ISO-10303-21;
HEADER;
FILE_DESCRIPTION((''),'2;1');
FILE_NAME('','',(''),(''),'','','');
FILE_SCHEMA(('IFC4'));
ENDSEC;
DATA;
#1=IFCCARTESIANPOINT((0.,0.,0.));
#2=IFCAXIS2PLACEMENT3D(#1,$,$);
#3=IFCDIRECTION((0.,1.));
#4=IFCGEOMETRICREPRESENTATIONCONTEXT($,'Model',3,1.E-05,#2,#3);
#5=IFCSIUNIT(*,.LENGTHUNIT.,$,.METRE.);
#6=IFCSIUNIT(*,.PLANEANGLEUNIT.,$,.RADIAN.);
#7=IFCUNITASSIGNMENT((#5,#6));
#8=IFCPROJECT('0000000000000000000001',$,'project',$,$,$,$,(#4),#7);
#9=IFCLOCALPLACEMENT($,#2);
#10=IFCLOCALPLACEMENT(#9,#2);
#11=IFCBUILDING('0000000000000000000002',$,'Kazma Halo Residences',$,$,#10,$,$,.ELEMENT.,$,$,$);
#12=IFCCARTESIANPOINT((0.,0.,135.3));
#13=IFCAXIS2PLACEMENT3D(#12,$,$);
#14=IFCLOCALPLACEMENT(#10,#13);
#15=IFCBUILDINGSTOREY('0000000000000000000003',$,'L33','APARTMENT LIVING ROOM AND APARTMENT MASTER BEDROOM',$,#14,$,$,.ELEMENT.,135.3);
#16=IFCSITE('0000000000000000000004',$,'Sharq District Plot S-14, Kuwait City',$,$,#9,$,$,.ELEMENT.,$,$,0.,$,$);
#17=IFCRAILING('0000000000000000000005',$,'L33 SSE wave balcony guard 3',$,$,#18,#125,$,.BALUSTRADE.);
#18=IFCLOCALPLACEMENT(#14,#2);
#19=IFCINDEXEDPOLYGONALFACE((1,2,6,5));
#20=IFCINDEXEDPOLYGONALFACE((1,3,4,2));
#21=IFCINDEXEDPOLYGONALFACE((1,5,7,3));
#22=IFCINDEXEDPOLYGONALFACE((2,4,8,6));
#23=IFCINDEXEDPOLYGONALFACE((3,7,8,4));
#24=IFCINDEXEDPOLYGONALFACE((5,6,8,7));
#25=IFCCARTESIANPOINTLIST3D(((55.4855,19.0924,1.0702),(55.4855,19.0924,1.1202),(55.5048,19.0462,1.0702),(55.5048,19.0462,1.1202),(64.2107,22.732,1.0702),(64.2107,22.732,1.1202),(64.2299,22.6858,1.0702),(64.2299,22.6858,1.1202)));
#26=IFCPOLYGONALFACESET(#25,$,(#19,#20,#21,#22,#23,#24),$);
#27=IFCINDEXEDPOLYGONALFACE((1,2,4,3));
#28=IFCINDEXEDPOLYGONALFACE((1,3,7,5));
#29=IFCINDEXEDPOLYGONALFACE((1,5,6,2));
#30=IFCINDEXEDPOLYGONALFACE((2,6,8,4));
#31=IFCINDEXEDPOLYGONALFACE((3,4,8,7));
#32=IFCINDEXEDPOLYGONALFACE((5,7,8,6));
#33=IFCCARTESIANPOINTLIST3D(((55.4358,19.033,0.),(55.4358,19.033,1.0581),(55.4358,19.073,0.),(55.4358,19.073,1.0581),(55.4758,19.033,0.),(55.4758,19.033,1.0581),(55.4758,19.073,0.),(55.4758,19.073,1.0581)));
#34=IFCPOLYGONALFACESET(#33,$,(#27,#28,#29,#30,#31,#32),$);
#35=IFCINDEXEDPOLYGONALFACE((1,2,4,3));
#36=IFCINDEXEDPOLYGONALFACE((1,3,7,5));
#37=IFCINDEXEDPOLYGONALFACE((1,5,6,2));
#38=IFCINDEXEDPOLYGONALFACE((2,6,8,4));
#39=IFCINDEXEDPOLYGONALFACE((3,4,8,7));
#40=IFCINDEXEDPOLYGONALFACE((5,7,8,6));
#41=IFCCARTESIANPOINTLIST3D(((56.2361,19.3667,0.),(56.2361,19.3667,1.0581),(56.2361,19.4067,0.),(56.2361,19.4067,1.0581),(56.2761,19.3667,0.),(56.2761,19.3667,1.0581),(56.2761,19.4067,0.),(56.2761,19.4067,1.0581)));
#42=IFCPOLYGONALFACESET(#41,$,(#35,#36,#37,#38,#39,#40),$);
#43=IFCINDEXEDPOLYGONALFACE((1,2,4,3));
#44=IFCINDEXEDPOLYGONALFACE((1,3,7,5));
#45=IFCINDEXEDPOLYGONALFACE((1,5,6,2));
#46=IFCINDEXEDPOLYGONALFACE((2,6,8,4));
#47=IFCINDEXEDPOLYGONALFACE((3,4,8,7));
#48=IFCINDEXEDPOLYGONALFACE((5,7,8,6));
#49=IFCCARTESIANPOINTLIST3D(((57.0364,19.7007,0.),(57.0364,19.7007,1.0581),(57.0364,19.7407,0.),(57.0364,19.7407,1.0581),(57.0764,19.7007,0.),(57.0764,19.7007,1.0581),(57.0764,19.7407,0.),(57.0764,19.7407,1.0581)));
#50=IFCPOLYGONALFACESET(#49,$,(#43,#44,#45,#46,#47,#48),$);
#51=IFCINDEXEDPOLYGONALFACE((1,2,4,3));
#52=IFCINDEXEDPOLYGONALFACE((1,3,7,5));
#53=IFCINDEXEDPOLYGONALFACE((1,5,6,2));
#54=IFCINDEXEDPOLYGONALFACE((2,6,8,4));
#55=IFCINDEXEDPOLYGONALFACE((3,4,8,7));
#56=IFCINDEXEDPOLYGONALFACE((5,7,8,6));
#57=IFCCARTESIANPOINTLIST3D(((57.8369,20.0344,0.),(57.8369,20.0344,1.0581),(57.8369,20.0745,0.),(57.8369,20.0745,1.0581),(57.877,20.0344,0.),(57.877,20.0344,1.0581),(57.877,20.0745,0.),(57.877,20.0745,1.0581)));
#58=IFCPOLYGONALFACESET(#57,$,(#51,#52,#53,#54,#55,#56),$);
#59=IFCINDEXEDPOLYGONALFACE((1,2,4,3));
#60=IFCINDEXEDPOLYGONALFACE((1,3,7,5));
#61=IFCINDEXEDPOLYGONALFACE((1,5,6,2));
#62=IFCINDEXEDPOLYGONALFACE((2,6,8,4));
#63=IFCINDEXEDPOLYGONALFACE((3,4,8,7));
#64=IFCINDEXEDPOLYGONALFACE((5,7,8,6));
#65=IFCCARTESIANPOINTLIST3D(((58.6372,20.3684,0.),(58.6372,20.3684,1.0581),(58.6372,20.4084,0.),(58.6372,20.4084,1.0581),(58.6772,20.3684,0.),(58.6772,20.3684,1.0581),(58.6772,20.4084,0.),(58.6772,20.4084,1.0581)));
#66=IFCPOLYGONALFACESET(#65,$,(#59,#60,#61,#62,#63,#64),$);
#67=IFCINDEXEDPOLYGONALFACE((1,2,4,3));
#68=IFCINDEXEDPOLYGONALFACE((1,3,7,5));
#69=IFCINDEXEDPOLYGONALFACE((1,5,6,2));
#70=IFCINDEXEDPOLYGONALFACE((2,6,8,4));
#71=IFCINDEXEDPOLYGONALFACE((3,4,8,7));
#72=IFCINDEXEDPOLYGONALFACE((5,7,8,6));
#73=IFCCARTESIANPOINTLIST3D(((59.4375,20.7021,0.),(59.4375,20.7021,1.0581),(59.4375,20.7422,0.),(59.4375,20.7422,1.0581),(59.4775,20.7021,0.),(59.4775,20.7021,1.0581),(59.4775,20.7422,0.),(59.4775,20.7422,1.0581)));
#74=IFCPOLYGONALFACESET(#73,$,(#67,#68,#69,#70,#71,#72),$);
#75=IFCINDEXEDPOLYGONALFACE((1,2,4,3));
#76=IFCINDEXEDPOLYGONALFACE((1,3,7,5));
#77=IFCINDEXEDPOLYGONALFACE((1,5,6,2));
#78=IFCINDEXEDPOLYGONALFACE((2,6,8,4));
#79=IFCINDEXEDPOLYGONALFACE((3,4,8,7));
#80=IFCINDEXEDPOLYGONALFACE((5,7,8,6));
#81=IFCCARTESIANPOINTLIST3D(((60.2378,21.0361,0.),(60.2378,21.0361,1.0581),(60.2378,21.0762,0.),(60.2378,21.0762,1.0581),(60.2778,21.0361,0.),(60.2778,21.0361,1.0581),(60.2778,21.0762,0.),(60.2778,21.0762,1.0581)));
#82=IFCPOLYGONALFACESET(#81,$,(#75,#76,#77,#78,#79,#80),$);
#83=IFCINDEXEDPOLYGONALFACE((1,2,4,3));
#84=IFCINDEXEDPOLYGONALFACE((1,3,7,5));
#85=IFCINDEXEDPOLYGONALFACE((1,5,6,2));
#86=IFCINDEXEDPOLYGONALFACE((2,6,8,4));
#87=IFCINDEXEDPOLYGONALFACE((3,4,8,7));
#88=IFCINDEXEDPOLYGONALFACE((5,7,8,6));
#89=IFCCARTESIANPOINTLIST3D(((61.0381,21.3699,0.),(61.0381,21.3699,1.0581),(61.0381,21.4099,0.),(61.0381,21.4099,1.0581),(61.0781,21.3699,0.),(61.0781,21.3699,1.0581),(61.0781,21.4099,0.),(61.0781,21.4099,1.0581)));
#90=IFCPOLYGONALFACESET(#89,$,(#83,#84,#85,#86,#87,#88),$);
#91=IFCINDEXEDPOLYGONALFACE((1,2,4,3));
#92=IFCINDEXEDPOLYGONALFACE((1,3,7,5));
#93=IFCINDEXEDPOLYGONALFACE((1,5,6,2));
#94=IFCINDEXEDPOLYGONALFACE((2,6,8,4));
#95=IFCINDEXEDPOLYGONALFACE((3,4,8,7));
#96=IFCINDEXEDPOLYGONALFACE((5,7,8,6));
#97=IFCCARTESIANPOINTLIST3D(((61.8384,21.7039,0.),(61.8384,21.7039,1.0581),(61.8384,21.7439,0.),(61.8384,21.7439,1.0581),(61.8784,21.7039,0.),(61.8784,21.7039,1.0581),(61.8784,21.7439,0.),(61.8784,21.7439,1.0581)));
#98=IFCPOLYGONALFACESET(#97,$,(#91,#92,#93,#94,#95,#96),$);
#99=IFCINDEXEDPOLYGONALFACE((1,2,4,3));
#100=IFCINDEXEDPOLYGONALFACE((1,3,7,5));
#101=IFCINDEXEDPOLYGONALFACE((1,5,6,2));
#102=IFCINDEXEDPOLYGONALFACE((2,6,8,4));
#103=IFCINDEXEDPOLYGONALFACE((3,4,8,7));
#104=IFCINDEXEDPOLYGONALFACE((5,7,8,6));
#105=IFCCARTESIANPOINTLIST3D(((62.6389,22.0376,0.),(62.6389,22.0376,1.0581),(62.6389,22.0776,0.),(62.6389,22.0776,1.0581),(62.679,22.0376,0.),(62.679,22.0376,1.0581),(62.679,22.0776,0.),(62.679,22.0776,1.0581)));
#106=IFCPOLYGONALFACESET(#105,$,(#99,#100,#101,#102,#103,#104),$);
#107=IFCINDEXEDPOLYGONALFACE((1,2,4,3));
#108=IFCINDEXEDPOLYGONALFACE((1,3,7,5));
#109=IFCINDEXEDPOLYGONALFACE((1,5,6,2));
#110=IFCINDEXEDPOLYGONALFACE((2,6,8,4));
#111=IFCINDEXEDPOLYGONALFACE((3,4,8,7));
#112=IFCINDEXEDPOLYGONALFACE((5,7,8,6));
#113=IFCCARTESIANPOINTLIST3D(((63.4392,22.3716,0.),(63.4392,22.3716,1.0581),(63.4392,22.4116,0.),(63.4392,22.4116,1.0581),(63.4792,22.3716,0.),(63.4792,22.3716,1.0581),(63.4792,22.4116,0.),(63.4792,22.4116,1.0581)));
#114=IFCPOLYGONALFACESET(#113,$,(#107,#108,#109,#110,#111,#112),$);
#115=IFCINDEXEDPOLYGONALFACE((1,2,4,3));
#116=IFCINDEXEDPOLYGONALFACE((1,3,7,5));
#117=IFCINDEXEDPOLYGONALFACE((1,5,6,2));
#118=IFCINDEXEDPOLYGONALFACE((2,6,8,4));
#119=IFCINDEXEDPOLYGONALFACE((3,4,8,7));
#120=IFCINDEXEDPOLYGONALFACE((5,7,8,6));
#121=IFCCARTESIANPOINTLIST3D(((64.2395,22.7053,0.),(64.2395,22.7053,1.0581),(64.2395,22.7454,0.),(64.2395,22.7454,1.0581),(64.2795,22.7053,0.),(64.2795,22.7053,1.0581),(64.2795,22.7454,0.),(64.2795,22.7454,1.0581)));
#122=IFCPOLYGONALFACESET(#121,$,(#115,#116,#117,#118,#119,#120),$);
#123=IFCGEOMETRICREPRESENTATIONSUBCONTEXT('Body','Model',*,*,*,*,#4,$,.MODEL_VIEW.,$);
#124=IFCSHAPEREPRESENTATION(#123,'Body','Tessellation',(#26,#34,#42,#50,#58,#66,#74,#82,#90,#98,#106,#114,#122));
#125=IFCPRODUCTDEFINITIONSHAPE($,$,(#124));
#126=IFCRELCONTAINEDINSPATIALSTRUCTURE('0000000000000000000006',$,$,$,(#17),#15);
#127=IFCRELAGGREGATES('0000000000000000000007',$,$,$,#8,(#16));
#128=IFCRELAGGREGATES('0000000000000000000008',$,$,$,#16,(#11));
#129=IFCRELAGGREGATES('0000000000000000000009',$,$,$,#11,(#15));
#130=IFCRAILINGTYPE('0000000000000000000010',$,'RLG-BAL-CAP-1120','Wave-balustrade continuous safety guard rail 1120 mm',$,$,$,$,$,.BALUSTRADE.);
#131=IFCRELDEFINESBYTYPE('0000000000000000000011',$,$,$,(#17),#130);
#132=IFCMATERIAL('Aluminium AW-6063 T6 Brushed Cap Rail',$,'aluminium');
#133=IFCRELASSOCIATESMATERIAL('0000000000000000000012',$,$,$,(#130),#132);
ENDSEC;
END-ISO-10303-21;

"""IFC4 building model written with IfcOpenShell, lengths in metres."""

from ifc_helpers import new_model, si_unit, direction, frame, origin, origin_2d, place, context, subcontext, project, spatial, rectangle, extrude, material, type_object, element, save


model = new_model("IFC4")

# Units and contexts
model_context = context("Model", 3, precision=1e-05, world=origin(), true_north=direction((0.0, 1.0)))
body_context = subcontext(model_context, "Body", "Model", "MODEL_VIEW")
ifc_project = project(units=[si_unit("LENGTHUNIT", "METRE"), si_unit("PLANEANGLEUNIT", "RADIAN")], contexts=[model_context])

# Site, building, storey
site_placement = place(None, origin())
site = spatial("IfcSite", under=ifc_project, at=site_placement, Name="Sharq District Plot S-14, Kuwait City", CompositionType="ELEMENT", RefElevation=0.0)
building_placement = place(site_placement, origin())
building = spatial("IfcBuilding", under=site, at=building_placement, Name="Kazma Halo Residences", CompositionType="ELEMENT")
storey_placement = place(building_placement, frame((0.0, 0.0, 135.3)))
storey = spatial("IfcBuildingStorey", under=building, at=storey_placement, Name="L33", Description="APARTMENT LIVING ROOM AND APARTMENT MASTER BEDROOM", CompositionType="ELEMENT", Elevation=135.3)

# Railing
ifc_material_1 = material(Name="Aluminium AW-6063 T6 Brushed Cap Rail", Category="aluminium")
railing_type = type_object("IfcRailingType", Name="RLG-BAL-CAP-1120", Description="Wave-balustrade continuous safety guard rail 1120 mm", PredefinedType="BALUSTRADE", material=ifc_material_1)
railing_placement = place(storey_placement, frame((55.4558, 19.053, 0.0)))
element("IfcRailing", 1, at=railing_placement, inside=storey, type_object=railing_type, Name="L33 SSE wave balcony guard 3", PredefinedType="BALUSTRADE", context=body_context, shape_type="SweptSolid", body=[
    extrude(rectangle(XDim=0.05, YDim=0.05, at=origin_2d()), frame((0.0393, 0.0164, 1.0952), z_axis=(0.922922, 0.384986, 0.0), x_axis=(-0.384986, 0.922922, 0.0)), (0.0, 0.0, 1.0), 9.4539),
    extrude(rectangle(XDim=0.04, YDim=0.04, at=origin_2d()), origin(), (0.0, 0.0, 1.0), 1.0581),
    extrude(rectangle(XDim=0.04, YDim=0.04, at=origin_2d()), frame((0.8003, 0.3337, 0.0)), (0.0, 0.0, 1.0), 1.0581),
    extrude(rectangle(XDim=0.04, YDim=0.04, at=origin_2d()), frame((1.6006, 0.6677, 0.0)), (0.0, 0.0, 1.0), 1.0581),
    extrude(rectangle(XDim=0.04, YDim=0.04, at=origin_2d()), frame((2.4011, 1.0015, 0.0)), (0.0, 0.0, 1.0), 1.0581),
    extrude(rectangle(XDim=0.04, YDim=0.04, at=origin_2d()), frame((3.2014, 1.3354, 0.0)), (0.0, 0.0, 1.0), 1.0581),
    extrude(rectangle(XDim=0.04, YDim=0.04, at=origin_2d()), frame((4.0017, 1.6692, 0.0)), (0.0, 0.0, 1.0), 1.0581),
    extrude(rectangle(XDim=0.04, YDim=0.04, at=origin_2d()), frame((4.802, 2.0032, 0.0)), (0.0, 0.0, 1.0), 1.0581),
    extrude(rectangle(XDim=0.04, YDim=0.04, at=origin_2d()), frame((5.6023, 2.3369, 0.0)), (0.0, 0.0, 1.0), 1.0581),
    extrude(rectangle(XDim=0.04, YDim=0.04, at=origin_2d()), frame((6.4026, 2.6709, 0.0)), (0.0, 0.0, 1.0), 1.0581),
    extrude(rectangle(XDim=0.04, YDim=0.04, at=origin_2d()), frame((7.2031, 3.0046, 0.0)), (0.0, 0.0, 1.0), 1.0581),
    extrude(rectangle(XDim=0.04, YDim=0.04, at=origin_2d()), frame((8.0034, 3.3386, 0.0)), (0.0, 0.0, 1.0), 1.0581),
    extrude(rectangle(XDim=0.04, YDim=0.04, at=origin_2d()), frame((8.8037, 3.6724, 0.0)), (0.0, 0.0, 1.0), 1.0581),
])

save(model, "model.ifc")
